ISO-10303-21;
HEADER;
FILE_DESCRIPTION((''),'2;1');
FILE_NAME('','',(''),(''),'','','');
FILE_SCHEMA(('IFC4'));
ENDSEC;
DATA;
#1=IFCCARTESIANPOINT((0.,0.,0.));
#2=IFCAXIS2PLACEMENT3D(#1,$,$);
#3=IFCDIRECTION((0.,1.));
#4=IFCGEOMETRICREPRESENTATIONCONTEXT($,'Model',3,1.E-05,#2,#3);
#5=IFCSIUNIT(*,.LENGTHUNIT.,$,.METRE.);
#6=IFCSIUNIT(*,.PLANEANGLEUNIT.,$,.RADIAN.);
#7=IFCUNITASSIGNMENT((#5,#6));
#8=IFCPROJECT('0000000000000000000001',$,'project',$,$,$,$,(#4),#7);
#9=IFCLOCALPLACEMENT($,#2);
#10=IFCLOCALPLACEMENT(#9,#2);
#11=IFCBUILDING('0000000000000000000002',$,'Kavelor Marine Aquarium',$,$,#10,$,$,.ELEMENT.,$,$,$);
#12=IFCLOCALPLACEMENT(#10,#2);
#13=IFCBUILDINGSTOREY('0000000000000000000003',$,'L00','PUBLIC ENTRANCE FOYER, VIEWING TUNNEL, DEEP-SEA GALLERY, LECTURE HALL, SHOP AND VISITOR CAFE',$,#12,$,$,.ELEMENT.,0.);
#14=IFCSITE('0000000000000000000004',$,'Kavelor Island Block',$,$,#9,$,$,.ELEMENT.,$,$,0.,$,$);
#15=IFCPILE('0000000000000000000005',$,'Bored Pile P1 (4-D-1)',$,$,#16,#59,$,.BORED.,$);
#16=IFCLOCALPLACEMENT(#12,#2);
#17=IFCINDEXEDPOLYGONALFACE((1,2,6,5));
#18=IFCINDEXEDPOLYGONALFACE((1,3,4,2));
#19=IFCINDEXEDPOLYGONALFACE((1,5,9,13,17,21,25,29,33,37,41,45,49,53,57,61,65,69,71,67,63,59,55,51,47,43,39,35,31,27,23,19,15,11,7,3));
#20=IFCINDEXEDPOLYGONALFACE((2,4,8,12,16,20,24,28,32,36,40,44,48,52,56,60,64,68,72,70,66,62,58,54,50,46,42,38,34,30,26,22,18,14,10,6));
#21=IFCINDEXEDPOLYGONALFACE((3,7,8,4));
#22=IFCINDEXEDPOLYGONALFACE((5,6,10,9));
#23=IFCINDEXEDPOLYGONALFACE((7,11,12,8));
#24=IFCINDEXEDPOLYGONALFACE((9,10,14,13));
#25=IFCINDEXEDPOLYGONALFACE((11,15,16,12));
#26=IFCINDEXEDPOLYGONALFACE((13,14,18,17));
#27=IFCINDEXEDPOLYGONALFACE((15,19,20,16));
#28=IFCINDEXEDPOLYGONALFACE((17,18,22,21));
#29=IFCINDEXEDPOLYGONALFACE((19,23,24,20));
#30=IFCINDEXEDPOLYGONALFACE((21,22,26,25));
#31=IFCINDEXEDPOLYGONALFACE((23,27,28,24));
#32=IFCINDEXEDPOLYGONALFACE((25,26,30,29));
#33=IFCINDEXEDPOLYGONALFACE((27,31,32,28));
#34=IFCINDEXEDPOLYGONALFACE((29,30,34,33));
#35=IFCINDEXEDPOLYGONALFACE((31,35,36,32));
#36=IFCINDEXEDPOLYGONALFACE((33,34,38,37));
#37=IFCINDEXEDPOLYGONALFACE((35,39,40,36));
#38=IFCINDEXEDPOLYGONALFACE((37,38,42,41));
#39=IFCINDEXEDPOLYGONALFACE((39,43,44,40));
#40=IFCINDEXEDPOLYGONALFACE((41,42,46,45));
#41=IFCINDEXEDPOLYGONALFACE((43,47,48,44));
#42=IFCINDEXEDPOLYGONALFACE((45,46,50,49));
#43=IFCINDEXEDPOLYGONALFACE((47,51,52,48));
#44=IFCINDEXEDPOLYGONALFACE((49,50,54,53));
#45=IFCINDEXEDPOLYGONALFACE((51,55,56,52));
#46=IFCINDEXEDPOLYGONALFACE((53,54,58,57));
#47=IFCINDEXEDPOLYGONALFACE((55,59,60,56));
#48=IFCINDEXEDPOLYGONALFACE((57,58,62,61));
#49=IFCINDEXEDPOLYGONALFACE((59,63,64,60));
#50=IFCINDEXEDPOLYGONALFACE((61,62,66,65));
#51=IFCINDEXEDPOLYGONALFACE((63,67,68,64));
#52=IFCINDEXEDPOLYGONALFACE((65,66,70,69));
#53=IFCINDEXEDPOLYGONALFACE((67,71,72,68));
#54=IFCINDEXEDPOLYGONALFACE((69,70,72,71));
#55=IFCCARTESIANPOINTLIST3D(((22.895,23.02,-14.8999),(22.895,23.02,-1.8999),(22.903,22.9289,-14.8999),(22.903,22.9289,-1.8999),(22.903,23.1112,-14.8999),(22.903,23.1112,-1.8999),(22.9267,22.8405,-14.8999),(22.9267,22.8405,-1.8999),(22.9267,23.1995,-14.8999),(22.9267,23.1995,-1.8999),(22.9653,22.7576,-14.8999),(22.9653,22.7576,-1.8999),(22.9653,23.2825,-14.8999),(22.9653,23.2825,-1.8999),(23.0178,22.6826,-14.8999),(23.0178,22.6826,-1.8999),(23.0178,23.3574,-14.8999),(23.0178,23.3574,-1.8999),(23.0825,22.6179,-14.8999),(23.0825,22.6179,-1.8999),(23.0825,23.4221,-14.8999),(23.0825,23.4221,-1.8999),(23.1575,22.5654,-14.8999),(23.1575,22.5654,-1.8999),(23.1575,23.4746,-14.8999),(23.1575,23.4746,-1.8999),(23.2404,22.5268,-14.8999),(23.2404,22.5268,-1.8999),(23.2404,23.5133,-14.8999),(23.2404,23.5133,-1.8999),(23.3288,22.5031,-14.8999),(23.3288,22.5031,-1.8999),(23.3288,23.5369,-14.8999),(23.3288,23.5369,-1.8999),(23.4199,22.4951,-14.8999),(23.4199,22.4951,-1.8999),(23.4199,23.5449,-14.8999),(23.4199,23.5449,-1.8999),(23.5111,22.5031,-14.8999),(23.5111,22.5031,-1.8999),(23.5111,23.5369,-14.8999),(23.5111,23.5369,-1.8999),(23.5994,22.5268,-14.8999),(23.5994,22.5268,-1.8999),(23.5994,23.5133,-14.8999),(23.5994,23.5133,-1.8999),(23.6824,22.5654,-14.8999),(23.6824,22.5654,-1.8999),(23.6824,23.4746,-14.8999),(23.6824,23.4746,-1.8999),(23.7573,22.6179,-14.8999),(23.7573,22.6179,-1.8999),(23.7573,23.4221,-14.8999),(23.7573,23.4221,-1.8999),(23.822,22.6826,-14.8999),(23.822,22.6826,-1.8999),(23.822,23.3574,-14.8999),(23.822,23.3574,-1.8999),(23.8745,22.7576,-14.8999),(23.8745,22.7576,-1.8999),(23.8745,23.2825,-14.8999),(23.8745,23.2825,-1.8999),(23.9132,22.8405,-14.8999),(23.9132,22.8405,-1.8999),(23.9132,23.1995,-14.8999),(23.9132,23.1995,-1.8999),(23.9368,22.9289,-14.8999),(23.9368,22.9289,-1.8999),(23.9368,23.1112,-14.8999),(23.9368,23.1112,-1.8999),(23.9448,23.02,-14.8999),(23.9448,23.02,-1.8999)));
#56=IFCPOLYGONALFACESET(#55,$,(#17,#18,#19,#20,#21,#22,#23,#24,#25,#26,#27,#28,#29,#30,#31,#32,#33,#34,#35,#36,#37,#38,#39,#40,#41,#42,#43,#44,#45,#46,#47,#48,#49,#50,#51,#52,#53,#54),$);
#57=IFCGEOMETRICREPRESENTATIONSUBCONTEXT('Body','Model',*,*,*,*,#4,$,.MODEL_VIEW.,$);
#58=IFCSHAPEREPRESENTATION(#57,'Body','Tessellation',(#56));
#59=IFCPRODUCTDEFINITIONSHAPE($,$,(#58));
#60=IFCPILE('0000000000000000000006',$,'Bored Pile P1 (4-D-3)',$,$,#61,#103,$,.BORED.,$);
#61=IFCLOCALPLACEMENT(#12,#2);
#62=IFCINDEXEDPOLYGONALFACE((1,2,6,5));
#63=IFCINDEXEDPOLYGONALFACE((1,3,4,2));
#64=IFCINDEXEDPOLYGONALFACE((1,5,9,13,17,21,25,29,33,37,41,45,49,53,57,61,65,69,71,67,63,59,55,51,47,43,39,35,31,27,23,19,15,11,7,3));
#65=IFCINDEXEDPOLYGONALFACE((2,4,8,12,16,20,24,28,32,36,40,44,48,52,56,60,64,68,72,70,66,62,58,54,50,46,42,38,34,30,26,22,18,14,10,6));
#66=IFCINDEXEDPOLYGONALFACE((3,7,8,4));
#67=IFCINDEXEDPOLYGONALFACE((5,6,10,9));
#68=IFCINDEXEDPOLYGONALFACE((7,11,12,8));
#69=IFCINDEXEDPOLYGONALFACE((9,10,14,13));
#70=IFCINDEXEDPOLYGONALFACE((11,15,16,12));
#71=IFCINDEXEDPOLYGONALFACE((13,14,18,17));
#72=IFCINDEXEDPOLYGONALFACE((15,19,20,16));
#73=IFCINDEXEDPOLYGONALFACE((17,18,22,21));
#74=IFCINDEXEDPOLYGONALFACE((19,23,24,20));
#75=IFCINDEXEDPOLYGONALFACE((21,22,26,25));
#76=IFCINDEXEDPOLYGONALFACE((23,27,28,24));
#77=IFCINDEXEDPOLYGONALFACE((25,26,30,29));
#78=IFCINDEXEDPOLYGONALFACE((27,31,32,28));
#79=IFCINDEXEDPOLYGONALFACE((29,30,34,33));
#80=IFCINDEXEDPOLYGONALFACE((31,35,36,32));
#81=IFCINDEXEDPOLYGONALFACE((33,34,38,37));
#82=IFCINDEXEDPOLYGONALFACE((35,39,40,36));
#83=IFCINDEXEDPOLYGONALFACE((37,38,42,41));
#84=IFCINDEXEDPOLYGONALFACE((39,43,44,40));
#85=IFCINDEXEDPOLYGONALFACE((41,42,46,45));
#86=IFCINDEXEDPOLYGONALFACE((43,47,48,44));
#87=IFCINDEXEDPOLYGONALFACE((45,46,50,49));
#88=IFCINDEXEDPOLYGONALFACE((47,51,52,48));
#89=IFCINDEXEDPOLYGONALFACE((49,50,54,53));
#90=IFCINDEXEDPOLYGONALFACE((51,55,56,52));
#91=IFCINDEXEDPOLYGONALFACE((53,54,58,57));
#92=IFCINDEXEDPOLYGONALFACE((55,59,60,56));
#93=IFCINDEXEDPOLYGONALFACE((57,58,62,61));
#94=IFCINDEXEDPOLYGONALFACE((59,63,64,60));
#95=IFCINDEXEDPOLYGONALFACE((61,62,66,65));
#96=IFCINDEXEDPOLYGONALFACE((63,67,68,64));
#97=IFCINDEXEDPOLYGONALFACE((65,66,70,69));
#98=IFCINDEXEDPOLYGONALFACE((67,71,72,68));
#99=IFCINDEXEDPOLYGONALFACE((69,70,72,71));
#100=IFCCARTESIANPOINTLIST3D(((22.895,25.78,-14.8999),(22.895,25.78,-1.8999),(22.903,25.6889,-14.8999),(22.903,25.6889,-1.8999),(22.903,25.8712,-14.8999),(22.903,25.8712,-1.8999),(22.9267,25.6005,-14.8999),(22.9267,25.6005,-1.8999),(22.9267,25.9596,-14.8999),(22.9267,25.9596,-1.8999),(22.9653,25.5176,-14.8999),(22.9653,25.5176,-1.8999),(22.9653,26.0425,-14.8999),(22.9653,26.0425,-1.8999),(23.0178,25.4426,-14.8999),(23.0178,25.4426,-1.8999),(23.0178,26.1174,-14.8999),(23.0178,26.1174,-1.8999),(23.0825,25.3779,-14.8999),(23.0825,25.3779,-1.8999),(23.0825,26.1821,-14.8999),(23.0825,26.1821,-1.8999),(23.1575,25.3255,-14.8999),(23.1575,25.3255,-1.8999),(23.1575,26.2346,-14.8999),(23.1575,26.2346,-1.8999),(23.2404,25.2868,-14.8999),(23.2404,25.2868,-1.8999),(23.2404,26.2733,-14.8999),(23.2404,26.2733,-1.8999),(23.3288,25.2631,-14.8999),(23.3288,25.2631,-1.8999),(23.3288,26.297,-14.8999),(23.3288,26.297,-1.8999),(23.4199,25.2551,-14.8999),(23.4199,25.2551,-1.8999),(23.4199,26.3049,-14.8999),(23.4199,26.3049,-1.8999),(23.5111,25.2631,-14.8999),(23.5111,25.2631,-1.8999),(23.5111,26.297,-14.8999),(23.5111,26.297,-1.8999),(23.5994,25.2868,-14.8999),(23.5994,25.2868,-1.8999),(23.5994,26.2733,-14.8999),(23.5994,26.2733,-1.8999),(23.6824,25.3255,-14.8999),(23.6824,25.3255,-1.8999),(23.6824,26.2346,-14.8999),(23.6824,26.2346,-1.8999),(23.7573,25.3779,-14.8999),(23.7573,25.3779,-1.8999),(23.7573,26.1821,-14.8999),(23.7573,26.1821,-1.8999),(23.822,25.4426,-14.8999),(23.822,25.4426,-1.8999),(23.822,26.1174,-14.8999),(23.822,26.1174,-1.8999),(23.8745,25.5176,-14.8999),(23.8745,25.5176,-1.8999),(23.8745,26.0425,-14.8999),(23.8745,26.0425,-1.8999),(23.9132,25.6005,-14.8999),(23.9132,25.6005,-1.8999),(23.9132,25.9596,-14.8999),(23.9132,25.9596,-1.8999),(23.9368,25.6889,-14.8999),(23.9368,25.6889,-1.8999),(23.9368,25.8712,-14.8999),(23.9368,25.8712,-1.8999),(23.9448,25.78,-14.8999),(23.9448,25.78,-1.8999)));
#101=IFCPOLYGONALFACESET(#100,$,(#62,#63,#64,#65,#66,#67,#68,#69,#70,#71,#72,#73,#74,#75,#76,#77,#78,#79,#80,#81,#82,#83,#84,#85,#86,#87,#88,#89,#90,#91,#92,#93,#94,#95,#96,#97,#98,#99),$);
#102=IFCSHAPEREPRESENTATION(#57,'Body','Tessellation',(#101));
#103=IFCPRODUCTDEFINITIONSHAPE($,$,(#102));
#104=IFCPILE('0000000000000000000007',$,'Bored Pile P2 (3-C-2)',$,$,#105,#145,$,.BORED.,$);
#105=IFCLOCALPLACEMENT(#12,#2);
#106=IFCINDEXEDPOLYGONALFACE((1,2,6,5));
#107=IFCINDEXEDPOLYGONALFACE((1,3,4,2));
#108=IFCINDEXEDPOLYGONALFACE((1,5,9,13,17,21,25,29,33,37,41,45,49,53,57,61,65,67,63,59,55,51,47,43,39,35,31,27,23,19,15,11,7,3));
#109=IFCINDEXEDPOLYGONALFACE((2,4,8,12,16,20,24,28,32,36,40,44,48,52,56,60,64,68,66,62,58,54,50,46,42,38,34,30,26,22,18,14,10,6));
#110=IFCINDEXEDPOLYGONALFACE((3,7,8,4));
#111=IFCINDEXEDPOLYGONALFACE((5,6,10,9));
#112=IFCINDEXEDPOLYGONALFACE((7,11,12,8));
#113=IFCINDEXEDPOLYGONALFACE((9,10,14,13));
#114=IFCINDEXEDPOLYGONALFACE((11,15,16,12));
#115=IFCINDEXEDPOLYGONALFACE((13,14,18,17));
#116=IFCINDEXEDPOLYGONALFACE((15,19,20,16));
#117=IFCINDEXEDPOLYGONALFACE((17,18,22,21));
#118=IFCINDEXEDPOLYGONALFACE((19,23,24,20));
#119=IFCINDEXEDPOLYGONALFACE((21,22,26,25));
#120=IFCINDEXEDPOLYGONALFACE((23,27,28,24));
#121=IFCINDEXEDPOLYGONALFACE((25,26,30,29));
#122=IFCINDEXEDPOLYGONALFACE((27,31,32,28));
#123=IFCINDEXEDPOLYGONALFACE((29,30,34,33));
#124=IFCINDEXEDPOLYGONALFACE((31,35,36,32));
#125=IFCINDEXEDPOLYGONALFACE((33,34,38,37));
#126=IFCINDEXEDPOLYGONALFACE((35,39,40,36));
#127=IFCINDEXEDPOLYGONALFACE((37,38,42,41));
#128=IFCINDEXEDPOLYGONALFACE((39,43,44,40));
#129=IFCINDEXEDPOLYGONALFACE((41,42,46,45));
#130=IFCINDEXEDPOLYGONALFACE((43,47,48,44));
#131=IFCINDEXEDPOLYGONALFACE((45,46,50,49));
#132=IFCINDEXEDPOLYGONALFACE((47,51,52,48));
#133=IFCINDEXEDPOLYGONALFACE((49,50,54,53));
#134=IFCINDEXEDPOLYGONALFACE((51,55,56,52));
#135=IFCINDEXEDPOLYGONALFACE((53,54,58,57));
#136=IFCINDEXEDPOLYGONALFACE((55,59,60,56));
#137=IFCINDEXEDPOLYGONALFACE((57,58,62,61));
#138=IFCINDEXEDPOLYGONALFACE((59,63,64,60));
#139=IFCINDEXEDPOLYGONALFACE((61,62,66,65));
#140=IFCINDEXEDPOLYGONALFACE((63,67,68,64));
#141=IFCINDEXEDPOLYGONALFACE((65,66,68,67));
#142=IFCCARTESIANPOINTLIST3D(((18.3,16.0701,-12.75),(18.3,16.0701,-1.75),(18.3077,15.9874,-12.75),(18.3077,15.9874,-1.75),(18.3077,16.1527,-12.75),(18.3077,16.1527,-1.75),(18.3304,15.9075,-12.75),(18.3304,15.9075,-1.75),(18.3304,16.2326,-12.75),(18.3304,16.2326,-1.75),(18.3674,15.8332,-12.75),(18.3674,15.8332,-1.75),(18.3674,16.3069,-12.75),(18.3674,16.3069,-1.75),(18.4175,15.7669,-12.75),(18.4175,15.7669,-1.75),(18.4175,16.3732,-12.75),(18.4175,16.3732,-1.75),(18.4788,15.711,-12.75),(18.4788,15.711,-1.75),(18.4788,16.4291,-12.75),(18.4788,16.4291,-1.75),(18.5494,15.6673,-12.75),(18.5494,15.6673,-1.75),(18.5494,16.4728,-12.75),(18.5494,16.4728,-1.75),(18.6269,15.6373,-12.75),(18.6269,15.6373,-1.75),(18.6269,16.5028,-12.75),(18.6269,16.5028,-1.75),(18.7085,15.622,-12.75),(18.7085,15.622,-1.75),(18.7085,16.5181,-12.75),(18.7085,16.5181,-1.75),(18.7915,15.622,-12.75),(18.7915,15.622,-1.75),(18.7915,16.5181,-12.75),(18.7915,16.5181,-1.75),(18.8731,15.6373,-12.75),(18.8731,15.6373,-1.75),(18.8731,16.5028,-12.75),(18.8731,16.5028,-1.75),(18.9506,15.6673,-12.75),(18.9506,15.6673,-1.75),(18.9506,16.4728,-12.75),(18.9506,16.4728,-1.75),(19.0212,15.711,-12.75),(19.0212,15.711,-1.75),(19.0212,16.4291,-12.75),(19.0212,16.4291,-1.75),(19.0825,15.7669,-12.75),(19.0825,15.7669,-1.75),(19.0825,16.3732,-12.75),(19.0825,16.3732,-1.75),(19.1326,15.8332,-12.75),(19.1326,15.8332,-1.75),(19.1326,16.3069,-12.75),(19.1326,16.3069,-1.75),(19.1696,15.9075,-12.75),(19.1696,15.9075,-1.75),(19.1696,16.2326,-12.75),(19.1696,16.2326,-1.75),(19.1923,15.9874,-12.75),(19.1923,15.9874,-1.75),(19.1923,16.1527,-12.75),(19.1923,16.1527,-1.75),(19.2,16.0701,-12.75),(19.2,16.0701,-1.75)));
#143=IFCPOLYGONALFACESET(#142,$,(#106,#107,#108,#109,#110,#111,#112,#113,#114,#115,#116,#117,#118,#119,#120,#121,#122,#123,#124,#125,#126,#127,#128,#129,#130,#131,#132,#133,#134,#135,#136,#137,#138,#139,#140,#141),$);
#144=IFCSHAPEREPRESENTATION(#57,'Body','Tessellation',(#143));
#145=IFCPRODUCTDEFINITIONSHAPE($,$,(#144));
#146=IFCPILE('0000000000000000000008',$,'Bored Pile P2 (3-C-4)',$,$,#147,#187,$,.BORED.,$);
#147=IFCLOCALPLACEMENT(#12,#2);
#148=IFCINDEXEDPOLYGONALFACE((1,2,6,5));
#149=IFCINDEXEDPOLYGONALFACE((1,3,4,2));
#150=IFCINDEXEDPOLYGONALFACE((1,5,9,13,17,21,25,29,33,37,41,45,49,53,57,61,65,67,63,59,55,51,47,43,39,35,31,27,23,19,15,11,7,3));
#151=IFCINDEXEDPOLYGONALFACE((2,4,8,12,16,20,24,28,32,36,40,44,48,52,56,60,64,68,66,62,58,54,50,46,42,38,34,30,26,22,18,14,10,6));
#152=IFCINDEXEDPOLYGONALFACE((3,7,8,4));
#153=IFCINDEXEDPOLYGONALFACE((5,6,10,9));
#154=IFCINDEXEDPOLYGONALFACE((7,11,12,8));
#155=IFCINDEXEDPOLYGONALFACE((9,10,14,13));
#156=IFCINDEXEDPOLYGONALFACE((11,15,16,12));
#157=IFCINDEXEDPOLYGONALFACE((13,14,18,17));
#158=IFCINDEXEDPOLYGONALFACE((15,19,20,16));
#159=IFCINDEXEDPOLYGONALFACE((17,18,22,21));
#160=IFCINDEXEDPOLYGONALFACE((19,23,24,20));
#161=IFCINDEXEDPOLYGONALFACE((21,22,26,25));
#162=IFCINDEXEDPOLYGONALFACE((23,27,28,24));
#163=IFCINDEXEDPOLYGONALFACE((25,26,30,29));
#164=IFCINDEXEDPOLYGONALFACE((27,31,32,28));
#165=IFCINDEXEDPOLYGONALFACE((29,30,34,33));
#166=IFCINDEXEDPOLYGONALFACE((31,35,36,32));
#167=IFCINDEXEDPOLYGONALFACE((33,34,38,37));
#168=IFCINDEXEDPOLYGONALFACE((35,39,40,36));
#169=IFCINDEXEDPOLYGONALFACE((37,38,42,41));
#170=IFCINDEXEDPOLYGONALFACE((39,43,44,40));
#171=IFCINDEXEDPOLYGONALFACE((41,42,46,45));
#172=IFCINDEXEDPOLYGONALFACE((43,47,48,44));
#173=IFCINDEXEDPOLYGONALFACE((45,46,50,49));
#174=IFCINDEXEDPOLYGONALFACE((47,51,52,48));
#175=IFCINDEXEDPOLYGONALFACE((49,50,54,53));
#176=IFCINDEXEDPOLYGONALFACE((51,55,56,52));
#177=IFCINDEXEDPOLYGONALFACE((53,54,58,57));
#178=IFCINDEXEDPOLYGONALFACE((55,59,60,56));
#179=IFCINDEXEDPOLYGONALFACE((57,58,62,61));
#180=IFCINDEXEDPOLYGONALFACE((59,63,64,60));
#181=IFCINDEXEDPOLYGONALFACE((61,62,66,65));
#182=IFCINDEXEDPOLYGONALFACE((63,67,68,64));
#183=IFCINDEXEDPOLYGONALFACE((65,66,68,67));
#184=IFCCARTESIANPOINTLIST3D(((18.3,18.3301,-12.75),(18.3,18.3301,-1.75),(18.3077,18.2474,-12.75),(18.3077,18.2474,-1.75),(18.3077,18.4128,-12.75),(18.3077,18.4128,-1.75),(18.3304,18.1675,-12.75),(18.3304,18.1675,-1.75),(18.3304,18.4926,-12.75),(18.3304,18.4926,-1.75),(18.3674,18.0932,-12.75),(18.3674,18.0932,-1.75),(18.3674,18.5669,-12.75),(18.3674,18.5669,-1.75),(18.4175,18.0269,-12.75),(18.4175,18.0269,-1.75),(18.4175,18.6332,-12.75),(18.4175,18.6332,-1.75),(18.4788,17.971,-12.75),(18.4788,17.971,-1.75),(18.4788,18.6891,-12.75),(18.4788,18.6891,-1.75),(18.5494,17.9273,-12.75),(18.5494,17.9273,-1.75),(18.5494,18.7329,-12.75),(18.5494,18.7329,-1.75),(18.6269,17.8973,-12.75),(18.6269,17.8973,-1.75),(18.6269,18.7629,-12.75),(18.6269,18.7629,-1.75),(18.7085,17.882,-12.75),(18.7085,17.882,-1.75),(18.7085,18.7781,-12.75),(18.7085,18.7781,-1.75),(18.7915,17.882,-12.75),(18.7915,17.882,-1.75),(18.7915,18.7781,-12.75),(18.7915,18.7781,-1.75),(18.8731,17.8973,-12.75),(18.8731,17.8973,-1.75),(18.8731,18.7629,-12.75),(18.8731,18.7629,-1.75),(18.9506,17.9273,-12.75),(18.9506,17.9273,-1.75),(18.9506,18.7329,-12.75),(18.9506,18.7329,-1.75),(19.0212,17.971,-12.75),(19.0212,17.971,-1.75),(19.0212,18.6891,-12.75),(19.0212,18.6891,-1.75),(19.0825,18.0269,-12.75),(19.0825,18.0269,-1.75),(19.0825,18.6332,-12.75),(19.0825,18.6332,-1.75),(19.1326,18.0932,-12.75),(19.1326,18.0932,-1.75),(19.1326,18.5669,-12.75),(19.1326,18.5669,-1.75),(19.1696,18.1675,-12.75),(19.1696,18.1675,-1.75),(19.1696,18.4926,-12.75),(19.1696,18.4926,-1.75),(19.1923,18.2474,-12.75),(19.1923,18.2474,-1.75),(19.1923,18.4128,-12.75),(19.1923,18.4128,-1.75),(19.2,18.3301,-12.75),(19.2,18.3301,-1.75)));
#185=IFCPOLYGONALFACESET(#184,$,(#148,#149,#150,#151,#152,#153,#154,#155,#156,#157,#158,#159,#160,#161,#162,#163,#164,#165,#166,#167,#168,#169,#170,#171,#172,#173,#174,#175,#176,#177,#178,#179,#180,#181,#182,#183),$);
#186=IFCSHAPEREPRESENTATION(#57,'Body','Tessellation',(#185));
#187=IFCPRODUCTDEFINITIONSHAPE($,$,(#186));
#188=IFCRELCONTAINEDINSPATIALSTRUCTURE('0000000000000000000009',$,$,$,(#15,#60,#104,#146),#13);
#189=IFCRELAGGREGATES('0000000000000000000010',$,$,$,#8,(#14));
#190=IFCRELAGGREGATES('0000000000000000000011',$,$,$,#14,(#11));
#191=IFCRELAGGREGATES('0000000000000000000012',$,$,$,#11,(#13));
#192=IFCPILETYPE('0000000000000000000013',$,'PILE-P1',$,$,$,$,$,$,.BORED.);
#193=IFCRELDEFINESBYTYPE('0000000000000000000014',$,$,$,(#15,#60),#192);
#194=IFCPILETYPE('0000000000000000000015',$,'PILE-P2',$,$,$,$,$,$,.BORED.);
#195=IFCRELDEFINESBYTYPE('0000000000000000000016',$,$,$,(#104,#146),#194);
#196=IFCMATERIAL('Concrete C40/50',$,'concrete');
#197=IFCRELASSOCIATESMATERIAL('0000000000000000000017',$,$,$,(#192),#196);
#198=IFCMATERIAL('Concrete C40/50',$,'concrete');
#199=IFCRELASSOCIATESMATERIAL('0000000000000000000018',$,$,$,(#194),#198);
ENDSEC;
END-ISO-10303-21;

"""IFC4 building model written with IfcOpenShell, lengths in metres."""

from ifc_helpers import new_model, si_unit, direction, frame, origin, origin_2d, place, context, subcontext, project, spatial, circle, extrude, material, material_profile, profile_set, type_object, element, save


model = new_model("IFC4")

# Units and contexts
model_context = context("Model", 3, precision=1e-05, world=origin(), true_north=direction((0.0, 1.0)))
body_context = subcontext(model_context, "Body", "Model", "MODEL_VIEW")
ifc_project = project(units=[si_unit("LENGTHUNIT", "METRE"), si_unit("PLANEANGLEUNIT", "RADIAN")], contexts=[model_context])

# Site, building, storey
site_placement = place(None, origin())
site = spatial("IfcSite", under=ifc_project, at=site_placement, Name="Kavelor Island Block", CompositionType="ELEMENT", RefElevation=0.0)
building_placement = place(site_placement, origin())
building = spatial("IfcBuilding", under=site, at=building_placement, Name="Kavelor Marine Aquarium", CompositionType="ELEMENT")
storey_placement = place(building_placement, origin())
storey = spatial("IfcBuildingStorey", under=building, at=storey_placement, Name="L00", Description="PUBLIC ENTRANCE FOYER, VIEWING TUNNEL, DEEP-SEA GALLERY, LECTURE HALL, SHOP AND VISITOR CAFE", CompositionType="ELEMENT", Elevation=0.0)

# Piles
ifc_material_1 = material(Name="Concrete C40/50", Category="concrete")
ifc_material_profile_1 = material_profile(ifc_material_1, circle(Radius=0.5249, at=origin_2d()), Name="PILE D1050")
ifc_profile_set_1 = profile_set([ifc_material_profile_1], Name="Concrete C40/50")
pile_type_1 = type_object("IfcPileType", Name="PILE-P1", PredefinedType="BORED", material=ifc_profile_set_1)
for number, where, z_axis, x_axis, name in (
    (1, (23.4199, 23.02, -1.8999), (0.0, 0.0, -1.0), (1.0, 0.0, 0.0), "Bored Pile P1 (4-D-1)"),
    (2, (23.4199, 25.78, -1.8999), (0.0, 0.0, -1.0), (1.0, 0.0, 0.0), "Bored Pile P1 (4-D-3)"),
):
    element("IfcPile", number, at=place(storey_placement, frame(where, z_axis=z_axis, x_axis=x_axis)), inside=storey, type_object=pile_type_1, Name=name, PredefinedType="BORED", context=body_context, shape_type="SweptSolid", body=[
        extrude(circle(Radius=0.5249, at=origin_2d()), origin(), (0.0, 0.0, 1.0), 13.0),
    ])
ifc_material_2 = material(Name="Concrete C40/50", Category="concrete")
ifc_material_profile_2 = material_profile(ifc_material_2, circle(Radius=0.45, at=origin_2d()), Name="PILE D900")
ifc_profile_set_2 = profile_set([ifc_material_profile_2], Name="Concrete C40/50")
pile_type_2 = type_object("IfcPileType", Name="PILE-P2", PredefinedType="BORED", material=ifc_profile_set_2)
for number, where, z_axis, x_axis, name in (
    (3, (18.75, 16.0701, -1.75), (0.0, 0.0, -1.0), (1.0, 0.0, 0.0), "Bored Pile P2 (3-C-2)"),
    (4, (18.75, 18.3301, -1.75), (0.0, 0.0, -1.0), (1.0, 0.0, 0.0), "Bored Pile P2 (3-C-4)"),
):
    element("IfcPile", number, at=place(storey_placement, frame(where, z_axis=z_axis, x_axis=x_axis)), inside=storey, type_object=pile_type_2, Name=name, PredefinedType="BORED", context=body_context, shape_type="SweptSolid", body=[
        extrude(circle(Radius=0.45, at=origin_2d()), origin(), (0.0, 0.0, 1.0), 11.0),
    ])

save(model, "model.ifc")
